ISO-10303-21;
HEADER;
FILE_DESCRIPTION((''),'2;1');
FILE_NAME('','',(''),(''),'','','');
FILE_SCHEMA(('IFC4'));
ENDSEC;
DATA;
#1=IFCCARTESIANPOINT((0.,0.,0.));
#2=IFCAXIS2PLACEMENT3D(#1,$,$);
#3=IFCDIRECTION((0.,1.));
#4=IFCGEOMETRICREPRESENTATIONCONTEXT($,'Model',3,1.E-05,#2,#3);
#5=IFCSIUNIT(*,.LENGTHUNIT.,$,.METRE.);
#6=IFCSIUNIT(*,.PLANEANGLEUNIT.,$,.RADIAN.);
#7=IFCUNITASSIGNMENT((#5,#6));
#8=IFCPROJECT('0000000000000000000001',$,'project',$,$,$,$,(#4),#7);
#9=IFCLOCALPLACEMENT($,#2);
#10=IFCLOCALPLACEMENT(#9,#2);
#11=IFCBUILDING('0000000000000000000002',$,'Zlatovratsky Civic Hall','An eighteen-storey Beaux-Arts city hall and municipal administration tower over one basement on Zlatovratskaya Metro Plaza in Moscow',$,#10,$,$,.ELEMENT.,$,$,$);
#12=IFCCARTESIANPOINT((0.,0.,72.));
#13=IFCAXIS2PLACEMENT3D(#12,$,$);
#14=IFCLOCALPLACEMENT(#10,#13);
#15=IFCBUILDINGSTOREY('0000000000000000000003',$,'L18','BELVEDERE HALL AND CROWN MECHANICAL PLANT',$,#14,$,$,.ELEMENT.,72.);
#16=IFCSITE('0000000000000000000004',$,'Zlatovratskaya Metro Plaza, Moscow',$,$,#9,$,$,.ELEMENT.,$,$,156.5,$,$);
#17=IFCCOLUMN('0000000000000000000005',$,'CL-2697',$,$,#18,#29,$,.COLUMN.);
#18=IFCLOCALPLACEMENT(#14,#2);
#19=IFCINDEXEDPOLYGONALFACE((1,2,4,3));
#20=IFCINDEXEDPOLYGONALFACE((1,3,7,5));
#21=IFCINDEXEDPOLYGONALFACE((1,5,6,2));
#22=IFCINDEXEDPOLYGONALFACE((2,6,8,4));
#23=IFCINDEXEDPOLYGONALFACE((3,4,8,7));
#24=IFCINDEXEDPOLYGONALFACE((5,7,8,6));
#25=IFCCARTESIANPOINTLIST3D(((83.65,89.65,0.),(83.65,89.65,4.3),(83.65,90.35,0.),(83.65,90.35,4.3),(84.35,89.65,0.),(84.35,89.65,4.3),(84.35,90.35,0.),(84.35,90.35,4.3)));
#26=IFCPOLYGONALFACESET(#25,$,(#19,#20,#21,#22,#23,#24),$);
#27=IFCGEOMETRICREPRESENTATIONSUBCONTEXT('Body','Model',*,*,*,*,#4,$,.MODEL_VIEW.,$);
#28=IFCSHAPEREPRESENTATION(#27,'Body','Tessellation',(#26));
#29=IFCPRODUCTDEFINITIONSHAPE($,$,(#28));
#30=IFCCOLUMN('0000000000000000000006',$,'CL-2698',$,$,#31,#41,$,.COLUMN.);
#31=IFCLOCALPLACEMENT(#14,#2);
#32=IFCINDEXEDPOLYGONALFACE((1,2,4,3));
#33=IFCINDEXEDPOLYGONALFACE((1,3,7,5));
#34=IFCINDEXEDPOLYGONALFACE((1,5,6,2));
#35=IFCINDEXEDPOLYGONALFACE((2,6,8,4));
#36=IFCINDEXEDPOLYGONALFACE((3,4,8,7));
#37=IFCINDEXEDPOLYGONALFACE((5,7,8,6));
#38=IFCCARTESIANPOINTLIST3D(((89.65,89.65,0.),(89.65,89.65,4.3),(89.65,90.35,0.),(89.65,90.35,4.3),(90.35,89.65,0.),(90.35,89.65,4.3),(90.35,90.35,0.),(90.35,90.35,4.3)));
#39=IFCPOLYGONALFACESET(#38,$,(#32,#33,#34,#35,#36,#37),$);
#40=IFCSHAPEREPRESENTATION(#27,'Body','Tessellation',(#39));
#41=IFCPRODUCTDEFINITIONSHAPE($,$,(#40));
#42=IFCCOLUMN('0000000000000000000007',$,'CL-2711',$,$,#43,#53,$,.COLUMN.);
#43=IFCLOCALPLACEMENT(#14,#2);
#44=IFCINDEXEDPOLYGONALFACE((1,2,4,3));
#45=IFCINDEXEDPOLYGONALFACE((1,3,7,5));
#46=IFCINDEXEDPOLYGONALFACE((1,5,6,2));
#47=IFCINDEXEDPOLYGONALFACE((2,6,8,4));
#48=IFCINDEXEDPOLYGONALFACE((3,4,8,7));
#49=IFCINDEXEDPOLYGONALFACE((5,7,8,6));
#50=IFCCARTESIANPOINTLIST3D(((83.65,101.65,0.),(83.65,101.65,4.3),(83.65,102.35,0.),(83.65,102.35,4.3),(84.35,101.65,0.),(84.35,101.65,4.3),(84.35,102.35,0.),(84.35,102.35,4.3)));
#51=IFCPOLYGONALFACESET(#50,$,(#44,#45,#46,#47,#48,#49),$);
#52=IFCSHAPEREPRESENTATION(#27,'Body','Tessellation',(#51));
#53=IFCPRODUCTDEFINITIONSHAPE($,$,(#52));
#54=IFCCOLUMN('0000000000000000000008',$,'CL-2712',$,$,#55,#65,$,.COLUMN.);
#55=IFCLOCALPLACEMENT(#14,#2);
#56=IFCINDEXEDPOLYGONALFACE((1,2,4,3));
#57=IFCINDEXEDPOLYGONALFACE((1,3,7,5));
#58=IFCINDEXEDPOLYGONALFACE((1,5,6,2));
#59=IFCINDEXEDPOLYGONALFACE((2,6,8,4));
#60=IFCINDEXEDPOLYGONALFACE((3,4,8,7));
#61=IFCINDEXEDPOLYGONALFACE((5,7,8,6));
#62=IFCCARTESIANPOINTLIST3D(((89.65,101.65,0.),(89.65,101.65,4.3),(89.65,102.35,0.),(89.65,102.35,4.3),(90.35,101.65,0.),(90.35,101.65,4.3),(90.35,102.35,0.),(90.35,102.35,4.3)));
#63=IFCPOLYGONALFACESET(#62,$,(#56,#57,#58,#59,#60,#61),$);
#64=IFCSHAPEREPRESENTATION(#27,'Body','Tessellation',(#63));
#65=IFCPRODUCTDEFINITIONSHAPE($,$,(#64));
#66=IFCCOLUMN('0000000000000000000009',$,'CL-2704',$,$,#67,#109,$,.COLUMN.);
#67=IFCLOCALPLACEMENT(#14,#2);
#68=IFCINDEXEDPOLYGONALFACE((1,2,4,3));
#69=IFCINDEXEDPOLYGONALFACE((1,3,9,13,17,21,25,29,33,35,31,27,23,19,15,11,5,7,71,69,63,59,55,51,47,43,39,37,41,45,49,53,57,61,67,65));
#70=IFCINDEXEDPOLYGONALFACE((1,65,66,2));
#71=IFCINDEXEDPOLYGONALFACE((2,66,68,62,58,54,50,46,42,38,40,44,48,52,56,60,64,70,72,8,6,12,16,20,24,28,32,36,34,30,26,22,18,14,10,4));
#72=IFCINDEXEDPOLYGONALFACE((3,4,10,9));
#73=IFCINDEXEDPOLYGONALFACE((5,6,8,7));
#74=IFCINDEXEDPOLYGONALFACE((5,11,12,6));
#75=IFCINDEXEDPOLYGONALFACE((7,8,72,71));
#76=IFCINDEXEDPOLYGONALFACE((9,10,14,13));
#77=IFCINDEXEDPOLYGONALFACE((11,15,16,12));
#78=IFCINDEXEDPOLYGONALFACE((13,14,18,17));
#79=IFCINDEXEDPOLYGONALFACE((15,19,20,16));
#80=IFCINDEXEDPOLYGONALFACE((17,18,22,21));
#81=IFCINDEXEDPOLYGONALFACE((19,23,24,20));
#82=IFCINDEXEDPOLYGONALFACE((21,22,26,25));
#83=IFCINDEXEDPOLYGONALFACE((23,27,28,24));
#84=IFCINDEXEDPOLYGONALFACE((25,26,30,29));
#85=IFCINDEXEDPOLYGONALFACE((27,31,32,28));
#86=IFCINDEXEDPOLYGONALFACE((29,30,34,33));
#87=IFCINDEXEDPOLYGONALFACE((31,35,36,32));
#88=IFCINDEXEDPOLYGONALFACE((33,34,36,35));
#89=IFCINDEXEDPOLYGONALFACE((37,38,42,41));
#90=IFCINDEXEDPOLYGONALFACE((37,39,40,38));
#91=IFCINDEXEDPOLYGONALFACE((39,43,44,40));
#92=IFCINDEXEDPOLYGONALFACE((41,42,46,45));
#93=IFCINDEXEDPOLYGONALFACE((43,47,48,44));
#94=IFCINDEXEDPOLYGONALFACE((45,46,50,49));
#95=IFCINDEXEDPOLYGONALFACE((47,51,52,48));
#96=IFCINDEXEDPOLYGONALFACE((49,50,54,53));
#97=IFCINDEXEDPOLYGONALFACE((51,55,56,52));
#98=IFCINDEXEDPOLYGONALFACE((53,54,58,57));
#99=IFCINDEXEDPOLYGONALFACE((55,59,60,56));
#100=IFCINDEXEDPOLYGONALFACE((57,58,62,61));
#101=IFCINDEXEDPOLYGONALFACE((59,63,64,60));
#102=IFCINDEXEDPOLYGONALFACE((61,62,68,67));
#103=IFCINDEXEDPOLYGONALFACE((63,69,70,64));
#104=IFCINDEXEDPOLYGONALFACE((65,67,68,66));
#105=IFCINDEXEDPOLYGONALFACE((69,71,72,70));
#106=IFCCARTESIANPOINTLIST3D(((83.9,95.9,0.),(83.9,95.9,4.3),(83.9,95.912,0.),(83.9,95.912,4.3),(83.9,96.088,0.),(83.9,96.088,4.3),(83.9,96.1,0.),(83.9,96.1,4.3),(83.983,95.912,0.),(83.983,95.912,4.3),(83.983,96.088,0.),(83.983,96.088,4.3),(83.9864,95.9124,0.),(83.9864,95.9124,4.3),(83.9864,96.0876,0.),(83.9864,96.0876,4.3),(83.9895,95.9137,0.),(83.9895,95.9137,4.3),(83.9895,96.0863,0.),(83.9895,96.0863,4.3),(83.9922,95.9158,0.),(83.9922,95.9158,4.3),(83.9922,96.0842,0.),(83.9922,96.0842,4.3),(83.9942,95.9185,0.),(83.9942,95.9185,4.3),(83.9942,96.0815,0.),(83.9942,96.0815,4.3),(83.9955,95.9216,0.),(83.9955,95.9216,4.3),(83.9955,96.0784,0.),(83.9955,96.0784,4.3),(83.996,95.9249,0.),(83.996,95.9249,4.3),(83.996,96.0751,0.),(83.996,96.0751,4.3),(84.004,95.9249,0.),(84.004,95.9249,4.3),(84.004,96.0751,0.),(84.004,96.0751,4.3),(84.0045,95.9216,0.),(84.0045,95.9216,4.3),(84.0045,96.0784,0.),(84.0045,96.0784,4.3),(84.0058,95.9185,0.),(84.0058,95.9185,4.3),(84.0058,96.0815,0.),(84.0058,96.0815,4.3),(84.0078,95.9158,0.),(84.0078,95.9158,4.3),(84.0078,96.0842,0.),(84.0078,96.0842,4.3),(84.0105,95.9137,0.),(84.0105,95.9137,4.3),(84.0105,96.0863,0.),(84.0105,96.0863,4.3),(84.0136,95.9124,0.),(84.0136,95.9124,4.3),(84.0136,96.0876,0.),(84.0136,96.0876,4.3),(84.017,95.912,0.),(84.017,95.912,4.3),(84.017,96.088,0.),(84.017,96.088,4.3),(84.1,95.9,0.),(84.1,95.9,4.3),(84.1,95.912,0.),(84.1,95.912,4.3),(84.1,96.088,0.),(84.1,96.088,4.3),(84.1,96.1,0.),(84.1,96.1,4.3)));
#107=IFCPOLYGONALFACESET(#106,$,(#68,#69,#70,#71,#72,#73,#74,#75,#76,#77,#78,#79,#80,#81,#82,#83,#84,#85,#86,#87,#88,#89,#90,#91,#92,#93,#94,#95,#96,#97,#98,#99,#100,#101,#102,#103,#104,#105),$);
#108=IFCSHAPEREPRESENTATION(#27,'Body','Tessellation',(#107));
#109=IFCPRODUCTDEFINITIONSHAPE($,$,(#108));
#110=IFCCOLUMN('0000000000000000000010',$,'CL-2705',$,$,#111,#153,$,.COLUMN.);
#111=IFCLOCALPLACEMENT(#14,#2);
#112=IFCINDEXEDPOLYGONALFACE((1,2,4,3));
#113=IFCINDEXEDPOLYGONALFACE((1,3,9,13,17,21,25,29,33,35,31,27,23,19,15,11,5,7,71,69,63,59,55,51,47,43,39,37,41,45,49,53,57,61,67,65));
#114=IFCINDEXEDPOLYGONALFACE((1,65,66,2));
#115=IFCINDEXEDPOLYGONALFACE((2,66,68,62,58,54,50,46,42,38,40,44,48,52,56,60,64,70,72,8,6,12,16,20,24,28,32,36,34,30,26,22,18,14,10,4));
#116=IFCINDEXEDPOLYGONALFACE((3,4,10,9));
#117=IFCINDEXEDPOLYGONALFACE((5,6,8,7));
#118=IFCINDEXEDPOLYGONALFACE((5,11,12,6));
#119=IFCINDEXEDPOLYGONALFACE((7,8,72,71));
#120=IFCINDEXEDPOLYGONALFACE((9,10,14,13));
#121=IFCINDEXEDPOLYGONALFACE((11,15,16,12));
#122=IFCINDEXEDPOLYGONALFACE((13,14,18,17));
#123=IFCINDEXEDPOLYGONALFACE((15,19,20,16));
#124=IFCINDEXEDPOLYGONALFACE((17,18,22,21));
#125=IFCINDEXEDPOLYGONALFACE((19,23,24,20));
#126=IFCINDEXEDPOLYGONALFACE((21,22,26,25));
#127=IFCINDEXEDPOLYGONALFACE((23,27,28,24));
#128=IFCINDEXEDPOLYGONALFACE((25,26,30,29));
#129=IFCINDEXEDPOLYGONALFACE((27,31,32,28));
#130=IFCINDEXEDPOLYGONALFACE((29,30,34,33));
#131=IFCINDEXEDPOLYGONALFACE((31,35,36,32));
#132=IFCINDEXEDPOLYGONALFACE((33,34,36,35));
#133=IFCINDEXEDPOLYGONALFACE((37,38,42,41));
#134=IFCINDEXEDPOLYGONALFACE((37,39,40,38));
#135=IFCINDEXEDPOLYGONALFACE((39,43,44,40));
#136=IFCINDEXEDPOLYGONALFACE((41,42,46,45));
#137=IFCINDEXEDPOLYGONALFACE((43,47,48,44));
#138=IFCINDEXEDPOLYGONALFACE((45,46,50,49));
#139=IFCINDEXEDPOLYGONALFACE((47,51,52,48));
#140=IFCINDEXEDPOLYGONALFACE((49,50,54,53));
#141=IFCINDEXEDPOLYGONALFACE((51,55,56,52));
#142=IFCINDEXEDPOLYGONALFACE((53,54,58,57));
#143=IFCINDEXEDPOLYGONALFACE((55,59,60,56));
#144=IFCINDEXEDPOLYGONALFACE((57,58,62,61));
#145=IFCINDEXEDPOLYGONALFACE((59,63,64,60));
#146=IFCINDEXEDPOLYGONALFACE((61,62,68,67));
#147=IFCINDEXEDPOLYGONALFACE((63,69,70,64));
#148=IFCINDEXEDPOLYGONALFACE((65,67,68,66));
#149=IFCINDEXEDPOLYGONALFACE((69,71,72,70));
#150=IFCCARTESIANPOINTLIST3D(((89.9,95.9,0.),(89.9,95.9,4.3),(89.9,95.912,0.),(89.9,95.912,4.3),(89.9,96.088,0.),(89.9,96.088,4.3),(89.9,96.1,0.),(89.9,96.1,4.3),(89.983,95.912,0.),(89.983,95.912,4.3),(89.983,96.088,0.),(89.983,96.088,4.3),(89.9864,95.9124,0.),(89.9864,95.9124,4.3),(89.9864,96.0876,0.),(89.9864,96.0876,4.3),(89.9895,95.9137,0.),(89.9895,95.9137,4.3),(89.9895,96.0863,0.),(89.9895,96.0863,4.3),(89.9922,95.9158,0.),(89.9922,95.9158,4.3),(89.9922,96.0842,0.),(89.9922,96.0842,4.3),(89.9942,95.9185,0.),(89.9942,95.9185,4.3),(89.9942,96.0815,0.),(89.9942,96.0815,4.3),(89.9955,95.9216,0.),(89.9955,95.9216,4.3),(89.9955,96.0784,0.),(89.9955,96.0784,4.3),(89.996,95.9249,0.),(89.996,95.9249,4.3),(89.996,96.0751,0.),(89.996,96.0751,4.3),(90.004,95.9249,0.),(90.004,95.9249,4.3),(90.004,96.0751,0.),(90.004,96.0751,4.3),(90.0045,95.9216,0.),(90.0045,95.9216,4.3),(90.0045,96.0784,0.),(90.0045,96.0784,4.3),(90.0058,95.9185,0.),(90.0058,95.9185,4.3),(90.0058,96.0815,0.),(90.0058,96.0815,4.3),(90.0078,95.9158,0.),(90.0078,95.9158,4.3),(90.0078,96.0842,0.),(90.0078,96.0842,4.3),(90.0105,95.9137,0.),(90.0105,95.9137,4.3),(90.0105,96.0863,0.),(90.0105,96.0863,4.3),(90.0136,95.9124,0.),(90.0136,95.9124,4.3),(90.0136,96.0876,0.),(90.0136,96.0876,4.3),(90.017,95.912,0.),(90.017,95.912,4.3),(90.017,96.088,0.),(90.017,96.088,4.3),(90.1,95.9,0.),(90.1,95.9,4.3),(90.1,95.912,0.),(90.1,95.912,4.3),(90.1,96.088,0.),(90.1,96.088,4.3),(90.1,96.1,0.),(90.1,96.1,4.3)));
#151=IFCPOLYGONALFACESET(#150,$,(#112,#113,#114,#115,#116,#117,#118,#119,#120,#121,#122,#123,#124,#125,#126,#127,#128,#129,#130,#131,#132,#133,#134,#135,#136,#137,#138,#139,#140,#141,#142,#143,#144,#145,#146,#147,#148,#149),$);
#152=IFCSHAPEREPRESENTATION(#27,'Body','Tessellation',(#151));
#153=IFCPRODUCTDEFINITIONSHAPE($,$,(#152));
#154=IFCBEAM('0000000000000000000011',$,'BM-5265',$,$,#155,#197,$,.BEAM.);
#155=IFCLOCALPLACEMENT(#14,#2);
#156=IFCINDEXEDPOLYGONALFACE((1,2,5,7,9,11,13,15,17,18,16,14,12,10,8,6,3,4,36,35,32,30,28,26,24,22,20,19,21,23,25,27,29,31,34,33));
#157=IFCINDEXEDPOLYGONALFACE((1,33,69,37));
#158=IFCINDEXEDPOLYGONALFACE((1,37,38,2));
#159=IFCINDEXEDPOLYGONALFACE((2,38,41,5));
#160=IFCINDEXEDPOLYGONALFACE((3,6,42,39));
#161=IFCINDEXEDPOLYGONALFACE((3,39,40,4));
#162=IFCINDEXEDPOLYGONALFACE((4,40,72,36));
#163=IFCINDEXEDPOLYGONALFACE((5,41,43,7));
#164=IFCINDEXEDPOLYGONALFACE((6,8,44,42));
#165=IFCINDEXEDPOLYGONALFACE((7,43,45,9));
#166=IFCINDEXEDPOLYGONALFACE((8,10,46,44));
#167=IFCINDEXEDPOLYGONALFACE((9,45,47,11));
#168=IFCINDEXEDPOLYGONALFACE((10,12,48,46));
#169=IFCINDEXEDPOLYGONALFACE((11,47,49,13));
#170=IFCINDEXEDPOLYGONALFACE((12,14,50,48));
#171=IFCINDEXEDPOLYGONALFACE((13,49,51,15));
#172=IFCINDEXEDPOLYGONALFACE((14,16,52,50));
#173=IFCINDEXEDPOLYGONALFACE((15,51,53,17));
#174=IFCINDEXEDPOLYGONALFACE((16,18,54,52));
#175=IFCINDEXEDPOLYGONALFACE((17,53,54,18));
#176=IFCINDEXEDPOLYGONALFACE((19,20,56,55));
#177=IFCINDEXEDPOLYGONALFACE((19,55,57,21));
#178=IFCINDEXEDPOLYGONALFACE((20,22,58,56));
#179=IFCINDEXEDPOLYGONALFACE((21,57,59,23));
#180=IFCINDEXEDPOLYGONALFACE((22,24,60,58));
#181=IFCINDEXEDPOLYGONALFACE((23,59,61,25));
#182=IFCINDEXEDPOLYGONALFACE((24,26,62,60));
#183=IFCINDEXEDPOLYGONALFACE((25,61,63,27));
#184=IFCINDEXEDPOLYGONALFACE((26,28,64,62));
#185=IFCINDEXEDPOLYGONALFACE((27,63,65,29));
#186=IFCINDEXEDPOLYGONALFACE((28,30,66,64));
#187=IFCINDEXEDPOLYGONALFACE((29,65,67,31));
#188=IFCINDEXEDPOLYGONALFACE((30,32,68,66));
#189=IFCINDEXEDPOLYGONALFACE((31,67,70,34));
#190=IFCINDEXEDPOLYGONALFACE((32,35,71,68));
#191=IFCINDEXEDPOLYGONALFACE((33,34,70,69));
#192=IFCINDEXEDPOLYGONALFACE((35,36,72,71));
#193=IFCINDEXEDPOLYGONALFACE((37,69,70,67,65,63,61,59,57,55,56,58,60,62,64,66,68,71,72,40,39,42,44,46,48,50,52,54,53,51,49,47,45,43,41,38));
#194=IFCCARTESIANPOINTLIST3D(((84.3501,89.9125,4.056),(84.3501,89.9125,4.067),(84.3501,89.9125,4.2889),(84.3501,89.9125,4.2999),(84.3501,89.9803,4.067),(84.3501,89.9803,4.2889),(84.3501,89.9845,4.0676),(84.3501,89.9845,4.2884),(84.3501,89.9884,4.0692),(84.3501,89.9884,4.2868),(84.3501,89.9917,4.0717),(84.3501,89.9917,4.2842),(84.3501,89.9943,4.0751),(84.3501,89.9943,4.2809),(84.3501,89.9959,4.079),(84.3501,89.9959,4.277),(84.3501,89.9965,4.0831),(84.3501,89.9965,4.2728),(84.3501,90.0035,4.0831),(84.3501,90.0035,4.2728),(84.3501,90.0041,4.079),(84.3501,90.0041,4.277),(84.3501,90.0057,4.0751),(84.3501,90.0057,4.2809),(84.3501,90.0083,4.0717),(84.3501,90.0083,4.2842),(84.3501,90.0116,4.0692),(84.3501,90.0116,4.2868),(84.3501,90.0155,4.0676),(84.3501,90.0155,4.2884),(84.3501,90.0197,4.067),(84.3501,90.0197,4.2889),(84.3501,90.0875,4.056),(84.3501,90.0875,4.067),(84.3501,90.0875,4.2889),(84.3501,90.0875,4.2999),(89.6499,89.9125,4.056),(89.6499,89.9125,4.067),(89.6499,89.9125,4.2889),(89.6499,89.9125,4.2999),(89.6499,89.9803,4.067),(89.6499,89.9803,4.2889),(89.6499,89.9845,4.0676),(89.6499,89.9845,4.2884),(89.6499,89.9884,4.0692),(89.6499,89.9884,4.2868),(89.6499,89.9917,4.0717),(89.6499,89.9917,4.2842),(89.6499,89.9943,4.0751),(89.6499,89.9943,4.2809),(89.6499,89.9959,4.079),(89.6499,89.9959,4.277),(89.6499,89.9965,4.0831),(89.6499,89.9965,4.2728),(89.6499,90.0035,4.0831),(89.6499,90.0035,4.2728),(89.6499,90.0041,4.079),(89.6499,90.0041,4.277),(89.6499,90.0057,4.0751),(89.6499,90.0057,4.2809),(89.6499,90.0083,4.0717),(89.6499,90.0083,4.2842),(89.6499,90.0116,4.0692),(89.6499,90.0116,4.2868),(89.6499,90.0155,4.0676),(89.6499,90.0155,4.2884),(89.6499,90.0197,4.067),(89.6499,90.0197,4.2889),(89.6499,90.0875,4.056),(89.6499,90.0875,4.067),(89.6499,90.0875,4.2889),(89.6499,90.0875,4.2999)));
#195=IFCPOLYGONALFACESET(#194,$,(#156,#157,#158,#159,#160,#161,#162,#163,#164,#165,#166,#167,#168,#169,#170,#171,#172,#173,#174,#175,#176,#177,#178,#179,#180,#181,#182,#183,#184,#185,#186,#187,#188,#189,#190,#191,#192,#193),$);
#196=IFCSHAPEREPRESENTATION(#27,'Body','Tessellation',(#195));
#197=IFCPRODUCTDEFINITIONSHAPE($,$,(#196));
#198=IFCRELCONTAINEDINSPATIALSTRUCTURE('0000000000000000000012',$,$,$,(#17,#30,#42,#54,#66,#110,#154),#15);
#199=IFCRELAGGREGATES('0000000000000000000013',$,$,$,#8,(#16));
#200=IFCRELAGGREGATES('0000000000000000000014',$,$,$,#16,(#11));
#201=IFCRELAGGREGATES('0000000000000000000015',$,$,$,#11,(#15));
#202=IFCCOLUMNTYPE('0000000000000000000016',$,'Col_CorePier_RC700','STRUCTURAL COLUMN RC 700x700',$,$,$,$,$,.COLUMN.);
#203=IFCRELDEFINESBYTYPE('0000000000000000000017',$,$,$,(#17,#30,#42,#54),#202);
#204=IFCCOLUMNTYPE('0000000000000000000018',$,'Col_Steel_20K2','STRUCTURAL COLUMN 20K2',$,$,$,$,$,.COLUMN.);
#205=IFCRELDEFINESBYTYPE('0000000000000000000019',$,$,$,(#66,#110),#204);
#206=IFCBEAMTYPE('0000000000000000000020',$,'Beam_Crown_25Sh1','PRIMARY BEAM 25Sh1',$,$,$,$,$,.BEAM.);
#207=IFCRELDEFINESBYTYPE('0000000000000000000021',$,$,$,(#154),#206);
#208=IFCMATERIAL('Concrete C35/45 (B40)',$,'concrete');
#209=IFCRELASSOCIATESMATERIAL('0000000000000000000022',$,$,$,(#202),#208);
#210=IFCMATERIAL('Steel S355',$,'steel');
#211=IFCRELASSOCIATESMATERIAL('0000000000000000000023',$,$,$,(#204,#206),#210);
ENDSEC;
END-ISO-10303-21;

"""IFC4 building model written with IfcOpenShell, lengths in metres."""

from ifc_helpers import new_model, si_unit, direction, frame, origin, origin_2d, place, context, subcontext, project, spatial, rectangle, i_section, extrude, material, material_profile, profile_set, type_object, element, save


model = new_model("IFC4")

# Units and contexts
model_context = context("Model", 3, precision=1e-05, world=origin(), true_north=direction((0.0, 1.0)))
body_context = subcontext(model_context, "Body", "Model", "MODEL_VIEW")
ifc_project = project(units=[si_unit("LENGTHUNIT", "METRE"), si_unit("PLANEANGLEUNIT", "RADIAN")], contexts=[model_context])

# Site, building, storey
site_placement = place(None, origin())
site = spatial("IfcSite", under=ifc_project, at=site_placement, Name="Zlatovratskaya Metro Plaza, Moscow", CompositionType="ELEMENT", RefElevation=156.5)
building_placement = place(site_placement, origin())
building = spatial("IfcBuilding", under=site, at=building_placement, Name="Zlatovratsky Civic Hall", Description="An eighteen-storey Beaux-Arts city hall and municipal administration tower over one basement on Zlatovratskaya Metro Plaza in Moscow", CompositionType="ELEMENT")
storey_placement = place(building_placement, frame((0.0, 0.0, 72.0)))
storey = spatial("IfcBuildingStorey", under=building, at=storey_placement, Name="L18", Description="BELVEDERE HALL AND CROWN MECHANICAL PLANT", CompositionType="ELEMENT", Elevation=72.0)

# Columns
ifc_material_1 = material(Name="Concrete C35/45 (B40)", Category="concrete")
ifc_material_profile_1 = material_profile(ifc_material_1, rectangle(XDim=0.7, YDim=0.7, at=origin_2d()), Name="RC 700x700")
ifc_profile_set_1 = profile_set([ifc_material_profile_1], Name="Concrete C35/45 (B40)")
column_type_1 = type_object("IfcColumnType", Name="Col_CorePier_RC700", Description="STRUCTURAL COLUMN RC 700x700", PredefinedType="COLUMN", material=ifc_profile_set_1)
for number, where, z_axis, x_axis, name in (
    (1, (84.0, 90.0, 0.0), (0.0, 0.0, 1.0), (1.0, 0.0, 0.0), "CL-2697"),
    (2, (90.0, 90.0, 0.0), (0.0, 0.0, 1.0), (1.0, 0.0, 0.0), "CL-2698"),
    (3, (84.0, 102.0, 0.0), (0.0, 0.0, 1.0), (1.0, 0.0, 0.0), "CL-2711"),
    (4, (90.0, 102.0, 0.0), (0.0, 0.0, 1.0), (1.0, 0.0, 0.0), "CL-2712"),
):
    element("IfcColumn", number, at=place(storey_placement, frame(where, z_axis=z_axis, x_axis=x_axis)), inside=storey, type_object=column_type_1, Name=name, PredefinedType="COLUMN", context=body_context, shape_type="SweptSolid", body=[
        extrude(rectangle(XDim=0.7, YDim=0.7, at=origin_2d()), origin(), (0.0, 0.0, 1.0), 4.3),
    ])
ifc_material_2 = material(Name="Steel S355", Category="steel")
ifc_material_profile_2 = material_profile(ifc_material_2, i_section(OverallWidth=0.2, OverallDepth=0.2, WebThickness=0.0081, FlangeThickness=0.012, FilletRadius=0.0129, at=origin_2d()), Name="20K2")
ifc_profile_set_2 = profile_set([ifc_material_profile_2], Name="Steel S355")
column_type_2 = type_object("IfcColumnType", Name="Col_Steel_20K2", Description="STRUCTURAL COLUMN 20K2", PredefinedType="COLUMN", material=ifc_profile_set_2)
for number, where, z_axis, x_axis, name in (
    (5, (84.0, 96.0, 0.0), (0.0, 0.0, 1.0), (1.0, 0.0, 0.0), "CL-2704"),
    (6, (90.0, 96.0, 0.0), (0.0, 0.0, 1.0), (1.0, 0.0, 0.0), "CL-2705"),
):
    element("IfcColumn", number, at=place(storey_placement, frame(where, z_axis=z_axis, x_axis=x_axis)), inside=storey, type_object=column_type_2, Name=name, PredefinedType="COLUMN", context=body_context, shape_type="SweptSolid", body=[
        extrude(i_section(OverallWidth=0.2, OverallDepth=0.2, WebThickness=0.0081, FlangeThickness=0.012, FilletRadius=0.0129, at=origin_2d()), origin(), (0.0, 0.0, 1.0), 4.3),
    ])

# Beam
ifc_material_profile_3 = material_profile(ifc_material_2, i_section(OverallWidth=0.175, OverallDepth=0.2439, WebThickness=0.0071, FlangeThickness=0.011, FilletRadius=0.0161, at=origin_2d()), Name="25Sh1")
ifc_profile_set_3 = profile_set([ifc_material_profile_3], Name="Steel S355")
beam_type_1 = type_object("IfcBeamType", Name="Beam_Crown_25Sh1", Description="PRIMARY BEAM 25Sh1", PredefinedType="BEAM", material=ifc_profile_set_3)
for number, where, z_axis, x_axis, name in (
    (7, (84.3501, 90.0, 4.178), (1.0, 0.0, 0.0), (0.0, 1.0, 0.0), "BM-5265"),
):
    element("IfcBeam", number, at=place(storey_placement, frame(where, z_axis=z_axis, x_axis=x_axis)), inside=storey, type_object=beam_type_1, Name=name, PredefinedType="BEAM", context=body_context, shape_type="SweptSolid", body=[
        extrude(i_section(OverallWidth=0.175, OverallDepth=0.2439, WebThickness=0.0071, FlangeThickness=0.011, FilletRadius=0.0161, at=origin_2d()), origin(), (0.0, 0.0, 1.0), 5.2998),
    ])

save(model, "model.ifc")
